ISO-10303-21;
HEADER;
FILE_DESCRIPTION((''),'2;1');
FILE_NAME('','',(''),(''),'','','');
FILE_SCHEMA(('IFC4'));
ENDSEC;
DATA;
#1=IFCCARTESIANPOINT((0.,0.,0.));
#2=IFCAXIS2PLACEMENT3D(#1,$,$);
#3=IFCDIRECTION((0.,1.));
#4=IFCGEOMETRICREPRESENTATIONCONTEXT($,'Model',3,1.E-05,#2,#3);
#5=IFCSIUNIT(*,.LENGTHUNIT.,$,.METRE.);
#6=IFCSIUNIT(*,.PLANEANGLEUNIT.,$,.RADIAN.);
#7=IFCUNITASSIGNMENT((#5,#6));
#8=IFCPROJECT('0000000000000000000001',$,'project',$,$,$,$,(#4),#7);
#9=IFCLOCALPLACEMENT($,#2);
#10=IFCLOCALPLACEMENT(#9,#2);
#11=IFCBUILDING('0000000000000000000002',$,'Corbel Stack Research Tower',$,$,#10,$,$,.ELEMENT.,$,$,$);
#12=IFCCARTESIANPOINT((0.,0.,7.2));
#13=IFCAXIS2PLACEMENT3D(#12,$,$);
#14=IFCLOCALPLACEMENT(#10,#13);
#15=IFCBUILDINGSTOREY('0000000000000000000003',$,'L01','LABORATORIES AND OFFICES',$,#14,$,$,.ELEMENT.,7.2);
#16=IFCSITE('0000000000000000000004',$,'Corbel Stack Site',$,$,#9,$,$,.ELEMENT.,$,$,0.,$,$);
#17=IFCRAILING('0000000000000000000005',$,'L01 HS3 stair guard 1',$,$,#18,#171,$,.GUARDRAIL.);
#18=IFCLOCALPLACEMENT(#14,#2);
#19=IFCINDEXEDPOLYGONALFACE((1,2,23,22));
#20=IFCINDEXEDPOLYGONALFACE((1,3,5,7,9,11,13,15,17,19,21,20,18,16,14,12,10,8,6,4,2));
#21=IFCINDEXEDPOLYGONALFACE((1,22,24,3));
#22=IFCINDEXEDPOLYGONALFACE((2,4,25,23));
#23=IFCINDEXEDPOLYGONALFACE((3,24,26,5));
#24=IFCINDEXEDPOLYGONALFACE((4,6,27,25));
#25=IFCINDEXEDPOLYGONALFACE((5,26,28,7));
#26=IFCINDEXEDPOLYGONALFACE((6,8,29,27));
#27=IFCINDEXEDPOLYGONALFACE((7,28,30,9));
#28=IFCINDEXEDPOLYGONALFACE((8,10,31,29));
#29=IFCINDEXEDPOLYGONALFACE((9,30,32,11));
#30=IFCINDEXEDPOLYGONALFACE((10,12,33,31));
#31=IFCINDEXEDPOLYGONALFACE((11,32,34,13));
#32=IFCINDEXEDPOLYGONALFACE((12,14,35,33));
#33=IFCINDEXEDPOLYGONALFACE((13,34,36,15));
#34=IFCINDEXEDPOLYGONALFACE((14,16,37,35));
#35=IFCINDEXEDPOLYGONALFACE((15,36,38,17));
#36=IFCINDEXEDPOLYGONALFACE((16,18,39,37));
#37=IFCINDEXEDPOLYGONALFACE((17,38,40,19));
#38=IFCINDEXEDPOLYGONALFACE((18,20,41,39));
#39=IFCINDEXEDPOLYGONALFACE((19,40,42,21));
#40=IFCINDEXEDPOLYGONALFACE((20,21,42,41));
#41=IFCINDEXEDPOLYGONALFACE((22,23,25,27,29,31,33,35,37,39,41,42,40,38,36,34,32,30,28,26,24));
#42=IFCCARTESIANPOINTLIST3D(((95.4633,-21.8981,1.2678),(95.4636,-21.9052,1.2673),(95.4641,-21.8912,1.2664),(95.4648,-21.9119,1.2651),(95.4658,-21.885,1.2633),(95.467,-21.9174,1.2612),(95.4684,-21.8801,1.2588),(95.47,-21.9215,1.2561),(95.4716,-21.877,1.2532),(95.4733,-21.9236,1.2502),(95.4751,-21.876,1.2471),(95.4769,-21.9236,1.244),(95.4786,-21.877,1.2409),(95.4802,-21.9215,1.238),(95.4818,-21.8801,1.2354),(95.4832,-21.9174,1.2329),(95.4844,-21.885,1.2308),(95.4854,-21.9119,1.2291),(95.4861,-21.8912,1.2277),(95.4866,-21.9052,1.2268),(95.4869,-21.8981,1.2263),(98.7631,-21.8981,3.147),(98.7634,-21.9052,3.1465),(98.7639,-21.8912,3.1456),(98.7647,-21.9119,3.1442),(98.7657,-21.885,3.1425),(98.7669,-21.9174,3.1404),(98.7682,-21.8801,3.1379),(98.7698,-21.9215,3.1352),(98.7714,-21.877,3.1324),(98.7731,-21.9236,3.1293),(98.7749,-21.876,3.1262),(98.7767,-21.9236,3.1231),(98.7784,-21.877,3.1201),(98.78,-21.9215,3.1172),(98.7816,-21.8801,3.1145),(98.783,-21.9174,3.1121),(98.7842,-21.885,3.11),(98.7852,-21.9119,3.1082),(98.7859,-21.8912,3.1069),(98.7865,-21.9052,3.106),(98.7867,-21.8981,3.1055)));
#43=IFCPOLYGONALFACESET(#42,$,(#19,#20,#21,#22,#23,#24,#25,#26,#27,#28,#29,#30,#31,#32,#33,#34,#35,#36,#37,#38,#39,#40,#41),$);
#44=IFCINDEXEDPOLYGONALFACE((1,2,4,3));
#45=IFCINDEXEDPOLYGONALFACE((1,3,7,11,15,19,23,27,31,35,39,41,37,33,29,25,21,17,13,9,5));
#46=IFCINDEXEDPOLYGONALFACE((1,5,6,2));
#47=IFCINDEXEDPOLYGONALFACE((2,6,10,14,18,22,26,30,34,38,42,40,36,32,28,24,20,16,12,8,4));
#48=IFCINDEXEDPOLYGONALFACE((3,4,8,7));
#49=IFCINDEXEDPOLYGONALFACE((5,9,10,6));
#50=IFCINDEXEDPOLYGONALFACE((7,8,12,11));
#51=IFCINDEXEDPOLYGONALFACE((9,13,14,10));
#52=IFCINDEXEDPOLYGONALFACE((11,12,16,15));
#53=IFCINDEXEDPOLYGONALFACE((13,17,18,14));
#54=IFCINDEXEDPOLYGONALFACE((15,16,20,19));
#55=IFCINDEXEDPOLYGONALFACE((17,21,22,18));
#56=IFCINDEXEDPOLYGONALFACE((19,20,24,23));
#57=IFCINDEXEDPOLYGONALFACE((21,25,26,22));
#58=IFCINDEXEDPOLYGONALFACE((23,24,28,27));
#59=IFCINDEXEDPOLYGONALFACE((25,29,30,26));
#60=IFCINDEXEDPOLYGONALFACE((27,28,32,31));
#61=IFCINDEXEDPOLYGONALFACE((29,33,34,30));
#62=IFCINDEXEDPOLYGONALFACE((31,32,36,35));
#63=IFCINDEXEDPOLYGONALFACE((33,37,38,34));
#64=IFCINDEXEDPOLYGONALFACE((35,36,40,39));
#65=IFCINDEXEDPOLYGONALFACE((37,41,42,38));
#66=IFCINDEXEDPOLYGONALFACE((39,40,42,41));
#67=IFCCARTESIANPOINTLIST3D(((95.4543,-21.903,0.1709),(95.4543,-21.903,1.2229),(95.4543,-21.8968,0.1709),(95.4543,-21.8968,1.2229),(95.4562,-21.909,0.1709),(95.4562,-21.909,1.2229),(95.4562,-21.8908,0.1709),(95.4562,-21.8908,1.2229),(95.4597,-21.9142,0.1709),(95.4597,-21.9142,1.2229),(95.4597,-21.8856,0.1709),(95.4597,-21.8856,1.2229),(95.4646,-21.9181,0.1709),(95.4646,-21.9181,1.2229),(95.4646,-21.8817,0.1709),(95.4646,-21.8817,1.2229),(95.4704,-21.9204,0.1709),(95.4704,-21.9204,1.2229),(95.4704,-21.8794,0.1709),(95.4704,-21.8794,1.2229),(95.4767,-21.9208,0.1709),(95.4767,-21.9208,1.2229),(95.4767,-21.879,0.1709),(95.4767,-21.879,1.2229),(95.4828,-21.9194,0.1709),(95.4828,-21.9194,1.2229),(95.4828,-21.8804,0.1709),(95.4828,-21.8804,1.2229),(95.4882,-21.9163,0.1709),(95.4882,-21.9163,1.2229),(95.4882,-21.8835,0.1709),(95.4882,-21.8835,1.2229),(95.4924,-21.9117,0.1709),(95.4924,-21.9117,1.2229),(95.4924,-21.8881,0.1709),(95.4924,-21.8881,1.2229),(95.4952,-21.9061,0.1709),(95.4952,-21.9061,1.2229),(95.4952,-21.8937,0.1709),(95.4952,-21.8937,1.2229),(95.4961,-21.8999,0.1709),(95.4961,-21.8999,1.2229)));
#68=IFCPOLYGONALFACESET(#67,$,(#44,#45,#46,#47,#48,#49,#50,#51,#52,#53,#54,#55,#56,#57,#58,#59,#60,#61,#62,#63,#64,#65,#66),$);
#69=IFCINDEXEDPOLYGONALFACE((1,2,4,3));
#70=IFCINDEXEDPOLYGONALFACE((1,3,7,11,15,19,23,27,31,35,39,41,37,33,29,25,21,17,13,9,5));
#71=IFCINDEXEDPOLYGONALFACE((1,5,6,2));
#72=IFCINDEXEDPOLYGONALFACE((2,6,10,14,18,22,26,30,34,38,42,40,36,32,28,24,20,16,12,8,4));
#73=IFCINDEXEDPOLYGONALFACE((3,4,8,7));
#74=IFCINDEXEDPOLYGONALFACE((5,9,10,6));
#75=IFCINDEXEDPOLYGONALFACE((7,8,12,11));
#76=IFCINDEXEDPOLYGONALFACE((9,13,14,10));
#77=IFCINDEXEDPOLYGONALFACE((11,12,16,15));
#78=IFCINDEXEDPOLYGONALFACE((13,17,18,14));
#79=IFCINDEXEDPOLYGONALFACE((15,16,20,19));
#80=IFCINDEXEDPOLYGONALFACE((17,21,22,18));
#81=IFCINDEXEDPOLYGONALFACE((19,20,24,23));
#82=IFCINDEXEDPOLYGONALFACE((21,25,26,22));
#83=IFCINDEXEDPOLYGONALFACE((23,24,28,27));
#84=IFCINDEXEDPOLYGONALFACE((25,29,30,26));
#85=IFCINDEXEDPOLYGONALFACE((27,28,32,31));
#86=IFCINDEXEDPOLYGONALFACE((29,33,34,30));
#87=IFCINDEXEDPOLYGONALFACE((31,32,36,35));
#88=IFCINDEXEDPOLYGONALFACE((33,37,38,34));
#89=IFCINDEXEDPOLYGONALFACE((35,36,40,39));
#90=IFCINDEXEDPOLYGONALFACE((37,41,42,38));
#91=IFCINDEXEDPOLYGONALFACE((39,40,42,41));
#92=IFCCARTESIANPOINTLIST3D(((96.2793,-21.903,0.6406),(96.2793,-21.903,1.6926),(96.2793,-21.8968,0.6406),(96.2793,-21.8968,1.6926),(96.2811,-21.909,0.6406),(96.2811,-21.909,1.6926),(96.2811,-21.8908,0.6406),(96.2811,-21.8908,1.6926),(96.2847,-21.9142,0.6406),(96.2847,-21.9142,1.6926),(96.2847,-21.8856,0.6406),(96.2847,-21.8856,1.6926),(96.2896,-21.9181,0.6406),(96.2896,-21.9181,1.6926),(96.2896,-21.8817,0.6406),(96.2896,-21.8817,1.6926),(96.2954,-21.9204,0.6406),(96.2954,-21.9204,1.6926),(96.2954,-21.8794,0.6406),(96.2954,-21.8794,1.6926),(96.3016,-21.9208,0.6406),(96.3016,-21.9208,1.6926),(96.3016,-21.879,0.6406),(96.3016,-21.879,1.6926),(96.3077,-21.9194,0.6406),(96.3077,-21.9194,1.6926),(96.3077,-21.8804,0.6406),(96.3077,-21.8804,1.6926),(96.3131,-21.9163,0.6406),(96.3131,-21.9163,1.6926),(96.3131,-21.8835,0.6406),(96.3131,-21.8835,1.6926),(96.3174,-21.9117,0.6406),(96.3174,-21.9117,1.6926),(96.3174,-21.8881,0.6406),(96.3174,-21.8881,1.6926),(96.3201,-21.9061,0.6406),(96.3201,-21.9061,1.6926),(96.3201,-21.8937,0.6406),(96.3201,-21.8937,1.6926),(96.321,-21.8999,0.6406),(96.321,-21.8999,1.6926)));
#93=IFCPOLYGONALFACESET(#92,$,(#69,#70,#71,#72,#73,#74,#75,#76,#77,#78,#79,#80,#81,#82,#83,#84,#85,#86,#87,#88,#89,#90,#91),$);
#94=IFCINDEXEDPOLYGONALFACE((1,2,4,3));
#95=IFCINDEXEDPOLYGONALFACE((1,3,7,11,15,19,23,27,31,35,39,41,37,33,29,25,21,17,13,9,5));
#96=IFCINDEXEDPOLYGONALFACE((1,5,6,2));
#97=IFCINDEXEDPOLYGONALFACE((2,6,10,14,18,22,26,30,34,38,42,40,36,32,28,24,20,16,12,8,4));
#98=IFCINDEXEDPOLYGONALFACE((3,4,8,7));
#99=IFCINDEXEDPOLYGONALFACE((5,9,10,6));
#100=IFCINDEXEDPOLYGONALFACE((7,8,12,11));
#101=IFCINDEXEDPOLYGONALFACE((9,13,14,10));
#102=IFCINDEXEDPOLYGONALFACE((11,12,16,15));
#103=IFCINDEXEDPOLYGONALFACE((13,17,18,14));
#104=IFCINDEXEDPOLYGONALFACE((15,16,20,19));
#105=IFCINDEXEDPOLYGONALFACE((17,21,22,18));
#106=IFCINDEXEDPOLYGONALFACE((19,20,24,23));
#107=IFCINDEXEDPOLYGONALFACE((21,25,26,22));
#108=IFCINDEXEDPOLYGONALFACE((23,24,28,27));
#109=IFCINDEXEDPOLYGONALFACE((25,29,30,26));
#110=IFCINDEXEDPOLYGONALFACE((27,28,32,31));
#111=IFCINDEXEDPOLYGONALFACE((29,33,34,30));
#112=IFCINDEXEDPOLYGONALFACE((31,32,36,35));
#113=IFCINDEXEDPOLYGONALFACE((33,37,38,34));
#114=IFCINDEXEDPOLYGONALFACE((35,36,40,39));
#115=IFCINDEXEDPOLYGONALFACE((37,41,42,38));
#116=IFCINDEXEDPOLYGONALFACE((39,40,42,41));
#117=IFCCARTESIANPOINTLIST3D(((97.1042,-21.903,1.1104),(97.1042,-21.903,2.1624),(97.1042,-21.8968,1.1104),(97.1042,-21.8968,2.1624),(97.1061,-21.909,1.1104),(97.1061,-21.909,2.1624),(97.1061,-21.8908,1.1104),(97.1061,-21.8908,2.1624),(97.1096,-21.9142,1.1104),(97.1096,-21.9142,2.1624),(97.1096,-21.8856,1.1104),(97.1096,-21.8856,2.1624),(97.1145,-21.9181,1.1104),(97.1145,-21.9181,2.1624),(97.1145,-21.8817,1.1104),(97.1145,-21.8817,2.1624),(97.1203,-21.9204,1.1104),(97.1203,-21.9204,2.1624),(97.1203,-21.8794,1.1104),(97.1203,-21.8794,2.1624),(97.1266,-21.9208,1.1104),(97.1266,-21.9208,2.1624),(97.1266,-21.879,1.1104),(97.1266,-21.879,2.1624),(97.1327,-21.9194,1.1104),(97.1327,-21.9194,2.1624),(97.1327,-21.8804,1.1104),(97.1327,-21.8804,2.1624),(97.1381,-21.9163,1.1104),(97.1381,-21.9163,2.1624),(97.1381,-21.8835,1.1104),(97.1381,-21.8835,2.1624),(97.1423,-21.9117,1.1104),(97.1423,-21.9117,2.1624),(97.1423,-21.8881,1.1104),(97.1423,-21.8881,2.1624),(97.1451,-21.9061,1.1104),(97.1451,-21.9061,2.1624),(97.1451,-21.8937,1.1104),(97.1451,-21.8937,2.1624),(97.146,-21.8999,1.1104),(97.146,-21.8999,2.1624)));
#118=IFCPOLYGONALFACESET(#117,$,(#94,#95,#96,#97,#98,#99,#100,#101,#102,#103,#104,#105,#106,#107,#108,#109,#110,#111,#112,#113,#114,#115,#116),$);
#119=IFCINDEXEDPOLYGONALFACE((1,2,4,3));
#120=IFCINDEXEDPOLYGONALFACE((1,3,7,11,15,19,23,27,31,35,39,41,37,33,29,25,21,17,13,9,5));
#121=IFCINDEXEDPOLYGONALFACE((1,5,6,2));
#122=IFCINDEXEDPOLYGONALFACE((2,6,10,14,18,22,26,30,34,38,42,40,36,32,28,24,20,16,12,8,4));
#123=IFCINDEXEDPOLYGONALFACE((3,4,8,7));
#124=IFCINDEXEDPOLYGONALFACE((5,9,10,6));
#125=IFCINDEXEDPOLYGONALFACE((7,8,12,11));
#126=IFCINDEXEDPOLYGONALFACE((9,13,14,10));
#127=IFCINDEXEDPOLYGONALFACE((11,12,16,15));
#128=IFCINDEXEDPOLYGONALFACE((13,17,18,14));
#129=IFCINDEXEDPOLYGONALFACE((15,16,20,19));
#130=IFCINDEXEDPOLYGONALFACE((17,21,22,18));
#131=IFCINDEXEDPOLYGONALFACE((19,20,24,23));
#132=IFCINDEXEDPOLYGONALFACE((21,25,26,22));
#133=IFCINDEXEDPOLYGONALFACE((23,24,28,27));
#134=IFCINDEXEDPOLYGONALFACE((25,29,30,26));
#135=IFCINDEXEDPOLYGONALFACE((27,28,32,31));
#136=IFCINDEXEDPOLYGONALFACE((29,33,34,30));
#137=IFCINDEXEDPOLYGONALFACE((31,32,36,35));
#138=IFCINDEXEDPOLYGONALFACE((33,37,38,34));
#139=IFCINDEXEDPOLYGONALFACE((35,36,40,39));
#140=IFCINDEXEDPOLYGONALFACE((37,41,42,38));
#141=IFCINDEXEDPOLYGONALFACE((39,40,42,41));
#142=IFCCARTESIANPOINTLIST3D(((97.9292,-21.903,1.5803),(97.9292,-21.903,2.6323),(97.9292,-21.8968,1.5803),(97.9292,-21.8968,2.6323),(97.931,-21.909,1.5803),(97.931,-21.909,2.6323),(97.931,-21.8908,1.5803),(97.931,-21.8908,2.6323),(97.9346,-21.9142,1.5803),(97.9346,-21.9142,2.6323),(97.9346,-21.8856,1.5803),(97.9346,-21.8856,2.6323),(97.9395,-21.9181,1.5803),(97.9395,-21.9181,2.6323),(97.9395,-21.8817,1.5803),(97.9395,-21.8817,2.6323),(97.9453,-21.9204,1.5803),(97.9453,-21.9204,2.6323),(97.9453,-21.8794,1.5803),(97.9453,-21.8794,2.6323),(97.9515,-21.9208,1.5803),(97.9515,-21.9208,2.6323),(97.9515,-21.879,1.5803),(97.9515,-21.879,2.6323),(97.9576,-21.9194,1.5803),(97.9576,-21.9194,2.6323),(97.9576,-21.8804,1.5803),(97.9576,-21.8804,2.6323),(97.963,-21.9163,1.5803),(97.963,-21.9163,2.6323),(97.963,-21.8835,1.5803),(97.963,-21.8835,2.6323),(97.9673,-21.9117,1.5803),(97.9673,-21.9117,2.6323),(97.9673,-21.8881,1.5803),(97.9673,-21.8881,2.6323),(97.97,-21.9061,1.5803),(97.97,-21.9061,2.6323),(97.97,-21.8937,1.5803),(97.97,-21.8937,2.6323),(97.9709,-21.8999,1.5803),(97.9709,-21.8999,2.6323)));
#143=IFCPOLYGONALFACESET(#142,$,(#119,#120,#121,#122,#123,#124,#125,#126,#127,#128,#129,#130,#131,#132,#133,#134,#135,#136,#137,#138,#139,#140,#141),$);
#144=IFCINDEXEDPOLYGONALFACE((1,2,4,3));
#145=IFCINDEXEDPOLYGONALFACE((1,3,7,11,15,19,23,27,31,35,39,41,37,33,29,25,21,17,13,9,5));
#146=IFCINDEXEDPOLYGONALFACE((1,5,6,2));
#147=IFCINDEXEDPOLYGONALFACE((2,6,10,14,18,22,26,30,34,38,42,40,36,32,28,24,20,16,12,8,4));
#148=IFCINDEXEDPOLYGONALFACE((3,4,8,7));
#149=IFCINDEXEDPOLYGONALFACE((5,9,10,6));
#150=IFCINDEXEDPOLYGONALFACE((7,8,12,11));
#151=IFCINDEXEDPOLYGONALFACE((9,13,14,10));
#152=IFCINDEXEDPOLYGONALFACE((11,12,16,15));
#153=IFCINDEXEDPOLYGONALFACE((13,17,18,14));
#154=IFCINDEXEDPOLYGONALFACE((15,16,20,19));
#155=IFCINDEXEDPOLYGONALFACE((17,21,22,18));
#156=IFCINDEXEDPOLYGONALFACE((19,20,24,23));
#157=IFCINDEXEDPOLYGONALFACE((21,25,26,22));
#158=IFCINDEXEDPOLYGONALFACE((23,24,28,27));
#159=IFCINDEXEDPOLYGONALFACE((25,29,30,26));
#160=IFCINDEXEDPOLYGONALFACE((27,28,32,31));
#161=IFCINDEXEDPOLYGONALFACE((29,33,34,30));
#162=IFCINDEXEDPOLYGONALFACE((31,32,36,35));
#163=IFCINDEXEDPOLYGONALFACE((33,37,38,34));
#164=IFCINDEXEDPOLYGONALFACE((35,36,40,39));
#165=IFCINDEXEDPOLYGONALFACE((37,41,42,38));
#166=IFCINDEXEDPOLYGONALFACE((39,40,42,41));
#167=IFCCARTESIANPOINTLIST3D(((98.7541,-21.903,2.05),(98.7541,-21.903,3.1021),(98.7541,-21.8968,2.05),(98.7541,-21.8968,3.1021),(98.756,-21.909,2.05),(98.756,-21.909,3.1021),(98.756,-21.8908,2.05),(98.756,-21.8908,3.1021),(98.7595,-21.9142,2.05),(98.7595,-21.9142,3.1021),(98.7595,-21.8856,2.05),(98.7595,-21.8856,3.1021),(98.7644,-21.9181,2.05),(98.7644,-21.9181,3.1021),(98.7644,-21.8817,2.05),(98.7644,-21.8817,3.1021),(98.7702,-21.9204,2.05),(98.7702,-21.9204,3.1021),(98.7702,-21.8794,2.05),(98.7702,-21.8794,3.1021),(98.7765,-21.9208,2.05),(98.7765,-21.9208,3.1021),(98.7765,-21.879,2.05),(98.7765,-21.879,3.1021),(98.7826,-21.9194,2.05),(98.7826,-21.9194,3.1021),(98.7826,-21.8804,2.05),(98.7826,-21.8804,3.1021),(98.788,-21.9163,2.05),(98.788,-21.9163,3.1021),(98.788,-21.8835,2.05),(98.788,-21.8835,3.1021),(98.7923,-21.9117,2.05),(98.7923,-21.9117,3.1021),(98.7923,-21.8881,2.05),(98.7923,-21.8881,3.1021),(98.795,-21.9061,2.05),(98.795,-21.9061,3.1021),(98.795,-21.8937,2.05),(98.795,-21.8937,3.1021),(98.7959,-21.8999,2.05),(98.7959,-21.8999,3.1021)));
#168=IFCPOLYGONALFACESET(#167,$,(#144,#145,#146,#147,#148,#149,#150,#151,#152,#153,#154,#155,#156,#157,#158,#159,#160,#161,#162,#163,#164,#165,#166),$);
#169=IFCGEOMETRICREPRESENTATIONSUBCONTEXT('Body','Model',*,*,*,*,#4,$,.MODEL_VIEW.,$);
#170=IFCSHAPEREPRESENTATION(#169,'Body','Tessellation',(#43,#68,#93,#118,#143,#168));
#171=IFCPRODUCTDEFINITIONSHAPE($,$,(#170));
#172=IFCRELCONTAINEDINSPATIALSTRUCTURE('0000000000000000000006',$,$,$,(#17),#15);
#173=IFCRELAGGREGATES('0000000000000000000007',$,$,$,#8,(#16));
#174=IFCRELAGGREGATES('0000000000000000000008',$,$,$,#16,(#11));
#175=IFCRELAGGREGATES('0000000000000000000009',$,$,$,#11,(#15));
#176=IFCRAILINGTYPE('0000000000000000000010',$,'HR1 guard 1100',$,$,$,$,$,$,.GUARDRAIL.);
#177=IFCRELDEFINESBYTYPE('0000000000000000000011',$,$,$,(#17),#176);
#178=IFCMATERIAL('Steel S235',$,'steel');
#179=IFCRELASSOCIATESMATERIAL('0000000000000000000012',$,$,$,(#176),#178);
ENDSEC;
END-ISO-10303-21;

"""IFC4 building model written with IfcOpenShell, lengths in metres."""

from ifc_helpers import new_model, si_unit, direction, frame, origin, origin_2d, place, context, subcontext, project, spatial, circle, extrude, material, type_object, element, save


model = new_model("IFC4")

# Units and contexts
model_context = context("Model", 3, precision=1e-05, world=origin(), true_north=direction((0.0, 1.0)))
body_context = subcontext(model_context, "Body", "Model", "MODEL_VIEW")
ifc_project = project(units=[si_unit("LENGTHUNIT", "METRE"), si_unit("PLANEANGLEUNIT", "RADIAN")], contexts=[model_context])

# Site, building, storey
site_placement = place(None, origin())
site = spatial("IfcSite", under=ifc_project, at=site_placement, Name="Corbel Stack Site", CompositionType="ELEMENT", RefElevation=0.0)
building_placement = place(site_placement, origin())
building = spatial("IfcBuilding", under=site, at=building_placement, Name="Corbel Stack Research Tower", CompositionType="ELEMENT")
storey_placement = place(building_placement, frame((0.0, 0.0, 7.2)))
storey = spatial("IfcBuildingStorey", under=building, at=storey_placement, Name="L01", Description="LABORATORIES AND OFFICES", CompositionType="ELEMENT", Elevation=7.2)

# Railing
ifc_material_1 = material(Name="Steel S235", Category="steel")
railing_type_1 = type_object("IfcRailingType", Name="HR1 guard 1100", PredefinedType="GUARDRAIL", material=ifc_material_1)
railing_1_placement = place(storey_placement, frame((95.4751, -21.8999, 0.1709)))
element("IfcRailing", 1, at=railing_1_placement, inside=storey, type_object=railing_type_1, Name="L01 HS3 stair guard 1", PredefinedType="GUARDRAIL", context=body_context, shape_type="SweptSolid", body=[
    extrude(circle(Radius=0.0239, at=origin_2d()), frame((0.0, 0.0, 1.0762), z_axis=(0.868974, 0.0, 0.494857), x_axis=(0.0, 1.0, 0.0)), (0.0, 0.0, 1.0), 3.7974),
    extrude(circle(Radius=0.021, at=origin_2d()), origin(), (0.0, 0.0, 1.0), 1.052),
    extrude(circle(Radius=0.021, at=origin_2d()), frame((0.825, 0.0, 0.4697)), (0.0, 0.0, 1.0), 1.052),
    extrude(circle(Radius=0.021, at=origin_2d()), frame((1.6499, 0.0, 0.9395)), (0.0, 0.0, 1.0), 1.052),
    extrude(circle(Radius=0.021, at=origin_2d()), frame((2.4749, 0.0, 1.4094)), (0.0, 0.0, 1.0), 1.052),
    extrude(circle(Radius=0.021, at=origin_2d()), frame((3.2998, 0.0, 1.8792)), (0.0, 0.0, 1.0), 1.052),
])

save(model, "model.ifc")
